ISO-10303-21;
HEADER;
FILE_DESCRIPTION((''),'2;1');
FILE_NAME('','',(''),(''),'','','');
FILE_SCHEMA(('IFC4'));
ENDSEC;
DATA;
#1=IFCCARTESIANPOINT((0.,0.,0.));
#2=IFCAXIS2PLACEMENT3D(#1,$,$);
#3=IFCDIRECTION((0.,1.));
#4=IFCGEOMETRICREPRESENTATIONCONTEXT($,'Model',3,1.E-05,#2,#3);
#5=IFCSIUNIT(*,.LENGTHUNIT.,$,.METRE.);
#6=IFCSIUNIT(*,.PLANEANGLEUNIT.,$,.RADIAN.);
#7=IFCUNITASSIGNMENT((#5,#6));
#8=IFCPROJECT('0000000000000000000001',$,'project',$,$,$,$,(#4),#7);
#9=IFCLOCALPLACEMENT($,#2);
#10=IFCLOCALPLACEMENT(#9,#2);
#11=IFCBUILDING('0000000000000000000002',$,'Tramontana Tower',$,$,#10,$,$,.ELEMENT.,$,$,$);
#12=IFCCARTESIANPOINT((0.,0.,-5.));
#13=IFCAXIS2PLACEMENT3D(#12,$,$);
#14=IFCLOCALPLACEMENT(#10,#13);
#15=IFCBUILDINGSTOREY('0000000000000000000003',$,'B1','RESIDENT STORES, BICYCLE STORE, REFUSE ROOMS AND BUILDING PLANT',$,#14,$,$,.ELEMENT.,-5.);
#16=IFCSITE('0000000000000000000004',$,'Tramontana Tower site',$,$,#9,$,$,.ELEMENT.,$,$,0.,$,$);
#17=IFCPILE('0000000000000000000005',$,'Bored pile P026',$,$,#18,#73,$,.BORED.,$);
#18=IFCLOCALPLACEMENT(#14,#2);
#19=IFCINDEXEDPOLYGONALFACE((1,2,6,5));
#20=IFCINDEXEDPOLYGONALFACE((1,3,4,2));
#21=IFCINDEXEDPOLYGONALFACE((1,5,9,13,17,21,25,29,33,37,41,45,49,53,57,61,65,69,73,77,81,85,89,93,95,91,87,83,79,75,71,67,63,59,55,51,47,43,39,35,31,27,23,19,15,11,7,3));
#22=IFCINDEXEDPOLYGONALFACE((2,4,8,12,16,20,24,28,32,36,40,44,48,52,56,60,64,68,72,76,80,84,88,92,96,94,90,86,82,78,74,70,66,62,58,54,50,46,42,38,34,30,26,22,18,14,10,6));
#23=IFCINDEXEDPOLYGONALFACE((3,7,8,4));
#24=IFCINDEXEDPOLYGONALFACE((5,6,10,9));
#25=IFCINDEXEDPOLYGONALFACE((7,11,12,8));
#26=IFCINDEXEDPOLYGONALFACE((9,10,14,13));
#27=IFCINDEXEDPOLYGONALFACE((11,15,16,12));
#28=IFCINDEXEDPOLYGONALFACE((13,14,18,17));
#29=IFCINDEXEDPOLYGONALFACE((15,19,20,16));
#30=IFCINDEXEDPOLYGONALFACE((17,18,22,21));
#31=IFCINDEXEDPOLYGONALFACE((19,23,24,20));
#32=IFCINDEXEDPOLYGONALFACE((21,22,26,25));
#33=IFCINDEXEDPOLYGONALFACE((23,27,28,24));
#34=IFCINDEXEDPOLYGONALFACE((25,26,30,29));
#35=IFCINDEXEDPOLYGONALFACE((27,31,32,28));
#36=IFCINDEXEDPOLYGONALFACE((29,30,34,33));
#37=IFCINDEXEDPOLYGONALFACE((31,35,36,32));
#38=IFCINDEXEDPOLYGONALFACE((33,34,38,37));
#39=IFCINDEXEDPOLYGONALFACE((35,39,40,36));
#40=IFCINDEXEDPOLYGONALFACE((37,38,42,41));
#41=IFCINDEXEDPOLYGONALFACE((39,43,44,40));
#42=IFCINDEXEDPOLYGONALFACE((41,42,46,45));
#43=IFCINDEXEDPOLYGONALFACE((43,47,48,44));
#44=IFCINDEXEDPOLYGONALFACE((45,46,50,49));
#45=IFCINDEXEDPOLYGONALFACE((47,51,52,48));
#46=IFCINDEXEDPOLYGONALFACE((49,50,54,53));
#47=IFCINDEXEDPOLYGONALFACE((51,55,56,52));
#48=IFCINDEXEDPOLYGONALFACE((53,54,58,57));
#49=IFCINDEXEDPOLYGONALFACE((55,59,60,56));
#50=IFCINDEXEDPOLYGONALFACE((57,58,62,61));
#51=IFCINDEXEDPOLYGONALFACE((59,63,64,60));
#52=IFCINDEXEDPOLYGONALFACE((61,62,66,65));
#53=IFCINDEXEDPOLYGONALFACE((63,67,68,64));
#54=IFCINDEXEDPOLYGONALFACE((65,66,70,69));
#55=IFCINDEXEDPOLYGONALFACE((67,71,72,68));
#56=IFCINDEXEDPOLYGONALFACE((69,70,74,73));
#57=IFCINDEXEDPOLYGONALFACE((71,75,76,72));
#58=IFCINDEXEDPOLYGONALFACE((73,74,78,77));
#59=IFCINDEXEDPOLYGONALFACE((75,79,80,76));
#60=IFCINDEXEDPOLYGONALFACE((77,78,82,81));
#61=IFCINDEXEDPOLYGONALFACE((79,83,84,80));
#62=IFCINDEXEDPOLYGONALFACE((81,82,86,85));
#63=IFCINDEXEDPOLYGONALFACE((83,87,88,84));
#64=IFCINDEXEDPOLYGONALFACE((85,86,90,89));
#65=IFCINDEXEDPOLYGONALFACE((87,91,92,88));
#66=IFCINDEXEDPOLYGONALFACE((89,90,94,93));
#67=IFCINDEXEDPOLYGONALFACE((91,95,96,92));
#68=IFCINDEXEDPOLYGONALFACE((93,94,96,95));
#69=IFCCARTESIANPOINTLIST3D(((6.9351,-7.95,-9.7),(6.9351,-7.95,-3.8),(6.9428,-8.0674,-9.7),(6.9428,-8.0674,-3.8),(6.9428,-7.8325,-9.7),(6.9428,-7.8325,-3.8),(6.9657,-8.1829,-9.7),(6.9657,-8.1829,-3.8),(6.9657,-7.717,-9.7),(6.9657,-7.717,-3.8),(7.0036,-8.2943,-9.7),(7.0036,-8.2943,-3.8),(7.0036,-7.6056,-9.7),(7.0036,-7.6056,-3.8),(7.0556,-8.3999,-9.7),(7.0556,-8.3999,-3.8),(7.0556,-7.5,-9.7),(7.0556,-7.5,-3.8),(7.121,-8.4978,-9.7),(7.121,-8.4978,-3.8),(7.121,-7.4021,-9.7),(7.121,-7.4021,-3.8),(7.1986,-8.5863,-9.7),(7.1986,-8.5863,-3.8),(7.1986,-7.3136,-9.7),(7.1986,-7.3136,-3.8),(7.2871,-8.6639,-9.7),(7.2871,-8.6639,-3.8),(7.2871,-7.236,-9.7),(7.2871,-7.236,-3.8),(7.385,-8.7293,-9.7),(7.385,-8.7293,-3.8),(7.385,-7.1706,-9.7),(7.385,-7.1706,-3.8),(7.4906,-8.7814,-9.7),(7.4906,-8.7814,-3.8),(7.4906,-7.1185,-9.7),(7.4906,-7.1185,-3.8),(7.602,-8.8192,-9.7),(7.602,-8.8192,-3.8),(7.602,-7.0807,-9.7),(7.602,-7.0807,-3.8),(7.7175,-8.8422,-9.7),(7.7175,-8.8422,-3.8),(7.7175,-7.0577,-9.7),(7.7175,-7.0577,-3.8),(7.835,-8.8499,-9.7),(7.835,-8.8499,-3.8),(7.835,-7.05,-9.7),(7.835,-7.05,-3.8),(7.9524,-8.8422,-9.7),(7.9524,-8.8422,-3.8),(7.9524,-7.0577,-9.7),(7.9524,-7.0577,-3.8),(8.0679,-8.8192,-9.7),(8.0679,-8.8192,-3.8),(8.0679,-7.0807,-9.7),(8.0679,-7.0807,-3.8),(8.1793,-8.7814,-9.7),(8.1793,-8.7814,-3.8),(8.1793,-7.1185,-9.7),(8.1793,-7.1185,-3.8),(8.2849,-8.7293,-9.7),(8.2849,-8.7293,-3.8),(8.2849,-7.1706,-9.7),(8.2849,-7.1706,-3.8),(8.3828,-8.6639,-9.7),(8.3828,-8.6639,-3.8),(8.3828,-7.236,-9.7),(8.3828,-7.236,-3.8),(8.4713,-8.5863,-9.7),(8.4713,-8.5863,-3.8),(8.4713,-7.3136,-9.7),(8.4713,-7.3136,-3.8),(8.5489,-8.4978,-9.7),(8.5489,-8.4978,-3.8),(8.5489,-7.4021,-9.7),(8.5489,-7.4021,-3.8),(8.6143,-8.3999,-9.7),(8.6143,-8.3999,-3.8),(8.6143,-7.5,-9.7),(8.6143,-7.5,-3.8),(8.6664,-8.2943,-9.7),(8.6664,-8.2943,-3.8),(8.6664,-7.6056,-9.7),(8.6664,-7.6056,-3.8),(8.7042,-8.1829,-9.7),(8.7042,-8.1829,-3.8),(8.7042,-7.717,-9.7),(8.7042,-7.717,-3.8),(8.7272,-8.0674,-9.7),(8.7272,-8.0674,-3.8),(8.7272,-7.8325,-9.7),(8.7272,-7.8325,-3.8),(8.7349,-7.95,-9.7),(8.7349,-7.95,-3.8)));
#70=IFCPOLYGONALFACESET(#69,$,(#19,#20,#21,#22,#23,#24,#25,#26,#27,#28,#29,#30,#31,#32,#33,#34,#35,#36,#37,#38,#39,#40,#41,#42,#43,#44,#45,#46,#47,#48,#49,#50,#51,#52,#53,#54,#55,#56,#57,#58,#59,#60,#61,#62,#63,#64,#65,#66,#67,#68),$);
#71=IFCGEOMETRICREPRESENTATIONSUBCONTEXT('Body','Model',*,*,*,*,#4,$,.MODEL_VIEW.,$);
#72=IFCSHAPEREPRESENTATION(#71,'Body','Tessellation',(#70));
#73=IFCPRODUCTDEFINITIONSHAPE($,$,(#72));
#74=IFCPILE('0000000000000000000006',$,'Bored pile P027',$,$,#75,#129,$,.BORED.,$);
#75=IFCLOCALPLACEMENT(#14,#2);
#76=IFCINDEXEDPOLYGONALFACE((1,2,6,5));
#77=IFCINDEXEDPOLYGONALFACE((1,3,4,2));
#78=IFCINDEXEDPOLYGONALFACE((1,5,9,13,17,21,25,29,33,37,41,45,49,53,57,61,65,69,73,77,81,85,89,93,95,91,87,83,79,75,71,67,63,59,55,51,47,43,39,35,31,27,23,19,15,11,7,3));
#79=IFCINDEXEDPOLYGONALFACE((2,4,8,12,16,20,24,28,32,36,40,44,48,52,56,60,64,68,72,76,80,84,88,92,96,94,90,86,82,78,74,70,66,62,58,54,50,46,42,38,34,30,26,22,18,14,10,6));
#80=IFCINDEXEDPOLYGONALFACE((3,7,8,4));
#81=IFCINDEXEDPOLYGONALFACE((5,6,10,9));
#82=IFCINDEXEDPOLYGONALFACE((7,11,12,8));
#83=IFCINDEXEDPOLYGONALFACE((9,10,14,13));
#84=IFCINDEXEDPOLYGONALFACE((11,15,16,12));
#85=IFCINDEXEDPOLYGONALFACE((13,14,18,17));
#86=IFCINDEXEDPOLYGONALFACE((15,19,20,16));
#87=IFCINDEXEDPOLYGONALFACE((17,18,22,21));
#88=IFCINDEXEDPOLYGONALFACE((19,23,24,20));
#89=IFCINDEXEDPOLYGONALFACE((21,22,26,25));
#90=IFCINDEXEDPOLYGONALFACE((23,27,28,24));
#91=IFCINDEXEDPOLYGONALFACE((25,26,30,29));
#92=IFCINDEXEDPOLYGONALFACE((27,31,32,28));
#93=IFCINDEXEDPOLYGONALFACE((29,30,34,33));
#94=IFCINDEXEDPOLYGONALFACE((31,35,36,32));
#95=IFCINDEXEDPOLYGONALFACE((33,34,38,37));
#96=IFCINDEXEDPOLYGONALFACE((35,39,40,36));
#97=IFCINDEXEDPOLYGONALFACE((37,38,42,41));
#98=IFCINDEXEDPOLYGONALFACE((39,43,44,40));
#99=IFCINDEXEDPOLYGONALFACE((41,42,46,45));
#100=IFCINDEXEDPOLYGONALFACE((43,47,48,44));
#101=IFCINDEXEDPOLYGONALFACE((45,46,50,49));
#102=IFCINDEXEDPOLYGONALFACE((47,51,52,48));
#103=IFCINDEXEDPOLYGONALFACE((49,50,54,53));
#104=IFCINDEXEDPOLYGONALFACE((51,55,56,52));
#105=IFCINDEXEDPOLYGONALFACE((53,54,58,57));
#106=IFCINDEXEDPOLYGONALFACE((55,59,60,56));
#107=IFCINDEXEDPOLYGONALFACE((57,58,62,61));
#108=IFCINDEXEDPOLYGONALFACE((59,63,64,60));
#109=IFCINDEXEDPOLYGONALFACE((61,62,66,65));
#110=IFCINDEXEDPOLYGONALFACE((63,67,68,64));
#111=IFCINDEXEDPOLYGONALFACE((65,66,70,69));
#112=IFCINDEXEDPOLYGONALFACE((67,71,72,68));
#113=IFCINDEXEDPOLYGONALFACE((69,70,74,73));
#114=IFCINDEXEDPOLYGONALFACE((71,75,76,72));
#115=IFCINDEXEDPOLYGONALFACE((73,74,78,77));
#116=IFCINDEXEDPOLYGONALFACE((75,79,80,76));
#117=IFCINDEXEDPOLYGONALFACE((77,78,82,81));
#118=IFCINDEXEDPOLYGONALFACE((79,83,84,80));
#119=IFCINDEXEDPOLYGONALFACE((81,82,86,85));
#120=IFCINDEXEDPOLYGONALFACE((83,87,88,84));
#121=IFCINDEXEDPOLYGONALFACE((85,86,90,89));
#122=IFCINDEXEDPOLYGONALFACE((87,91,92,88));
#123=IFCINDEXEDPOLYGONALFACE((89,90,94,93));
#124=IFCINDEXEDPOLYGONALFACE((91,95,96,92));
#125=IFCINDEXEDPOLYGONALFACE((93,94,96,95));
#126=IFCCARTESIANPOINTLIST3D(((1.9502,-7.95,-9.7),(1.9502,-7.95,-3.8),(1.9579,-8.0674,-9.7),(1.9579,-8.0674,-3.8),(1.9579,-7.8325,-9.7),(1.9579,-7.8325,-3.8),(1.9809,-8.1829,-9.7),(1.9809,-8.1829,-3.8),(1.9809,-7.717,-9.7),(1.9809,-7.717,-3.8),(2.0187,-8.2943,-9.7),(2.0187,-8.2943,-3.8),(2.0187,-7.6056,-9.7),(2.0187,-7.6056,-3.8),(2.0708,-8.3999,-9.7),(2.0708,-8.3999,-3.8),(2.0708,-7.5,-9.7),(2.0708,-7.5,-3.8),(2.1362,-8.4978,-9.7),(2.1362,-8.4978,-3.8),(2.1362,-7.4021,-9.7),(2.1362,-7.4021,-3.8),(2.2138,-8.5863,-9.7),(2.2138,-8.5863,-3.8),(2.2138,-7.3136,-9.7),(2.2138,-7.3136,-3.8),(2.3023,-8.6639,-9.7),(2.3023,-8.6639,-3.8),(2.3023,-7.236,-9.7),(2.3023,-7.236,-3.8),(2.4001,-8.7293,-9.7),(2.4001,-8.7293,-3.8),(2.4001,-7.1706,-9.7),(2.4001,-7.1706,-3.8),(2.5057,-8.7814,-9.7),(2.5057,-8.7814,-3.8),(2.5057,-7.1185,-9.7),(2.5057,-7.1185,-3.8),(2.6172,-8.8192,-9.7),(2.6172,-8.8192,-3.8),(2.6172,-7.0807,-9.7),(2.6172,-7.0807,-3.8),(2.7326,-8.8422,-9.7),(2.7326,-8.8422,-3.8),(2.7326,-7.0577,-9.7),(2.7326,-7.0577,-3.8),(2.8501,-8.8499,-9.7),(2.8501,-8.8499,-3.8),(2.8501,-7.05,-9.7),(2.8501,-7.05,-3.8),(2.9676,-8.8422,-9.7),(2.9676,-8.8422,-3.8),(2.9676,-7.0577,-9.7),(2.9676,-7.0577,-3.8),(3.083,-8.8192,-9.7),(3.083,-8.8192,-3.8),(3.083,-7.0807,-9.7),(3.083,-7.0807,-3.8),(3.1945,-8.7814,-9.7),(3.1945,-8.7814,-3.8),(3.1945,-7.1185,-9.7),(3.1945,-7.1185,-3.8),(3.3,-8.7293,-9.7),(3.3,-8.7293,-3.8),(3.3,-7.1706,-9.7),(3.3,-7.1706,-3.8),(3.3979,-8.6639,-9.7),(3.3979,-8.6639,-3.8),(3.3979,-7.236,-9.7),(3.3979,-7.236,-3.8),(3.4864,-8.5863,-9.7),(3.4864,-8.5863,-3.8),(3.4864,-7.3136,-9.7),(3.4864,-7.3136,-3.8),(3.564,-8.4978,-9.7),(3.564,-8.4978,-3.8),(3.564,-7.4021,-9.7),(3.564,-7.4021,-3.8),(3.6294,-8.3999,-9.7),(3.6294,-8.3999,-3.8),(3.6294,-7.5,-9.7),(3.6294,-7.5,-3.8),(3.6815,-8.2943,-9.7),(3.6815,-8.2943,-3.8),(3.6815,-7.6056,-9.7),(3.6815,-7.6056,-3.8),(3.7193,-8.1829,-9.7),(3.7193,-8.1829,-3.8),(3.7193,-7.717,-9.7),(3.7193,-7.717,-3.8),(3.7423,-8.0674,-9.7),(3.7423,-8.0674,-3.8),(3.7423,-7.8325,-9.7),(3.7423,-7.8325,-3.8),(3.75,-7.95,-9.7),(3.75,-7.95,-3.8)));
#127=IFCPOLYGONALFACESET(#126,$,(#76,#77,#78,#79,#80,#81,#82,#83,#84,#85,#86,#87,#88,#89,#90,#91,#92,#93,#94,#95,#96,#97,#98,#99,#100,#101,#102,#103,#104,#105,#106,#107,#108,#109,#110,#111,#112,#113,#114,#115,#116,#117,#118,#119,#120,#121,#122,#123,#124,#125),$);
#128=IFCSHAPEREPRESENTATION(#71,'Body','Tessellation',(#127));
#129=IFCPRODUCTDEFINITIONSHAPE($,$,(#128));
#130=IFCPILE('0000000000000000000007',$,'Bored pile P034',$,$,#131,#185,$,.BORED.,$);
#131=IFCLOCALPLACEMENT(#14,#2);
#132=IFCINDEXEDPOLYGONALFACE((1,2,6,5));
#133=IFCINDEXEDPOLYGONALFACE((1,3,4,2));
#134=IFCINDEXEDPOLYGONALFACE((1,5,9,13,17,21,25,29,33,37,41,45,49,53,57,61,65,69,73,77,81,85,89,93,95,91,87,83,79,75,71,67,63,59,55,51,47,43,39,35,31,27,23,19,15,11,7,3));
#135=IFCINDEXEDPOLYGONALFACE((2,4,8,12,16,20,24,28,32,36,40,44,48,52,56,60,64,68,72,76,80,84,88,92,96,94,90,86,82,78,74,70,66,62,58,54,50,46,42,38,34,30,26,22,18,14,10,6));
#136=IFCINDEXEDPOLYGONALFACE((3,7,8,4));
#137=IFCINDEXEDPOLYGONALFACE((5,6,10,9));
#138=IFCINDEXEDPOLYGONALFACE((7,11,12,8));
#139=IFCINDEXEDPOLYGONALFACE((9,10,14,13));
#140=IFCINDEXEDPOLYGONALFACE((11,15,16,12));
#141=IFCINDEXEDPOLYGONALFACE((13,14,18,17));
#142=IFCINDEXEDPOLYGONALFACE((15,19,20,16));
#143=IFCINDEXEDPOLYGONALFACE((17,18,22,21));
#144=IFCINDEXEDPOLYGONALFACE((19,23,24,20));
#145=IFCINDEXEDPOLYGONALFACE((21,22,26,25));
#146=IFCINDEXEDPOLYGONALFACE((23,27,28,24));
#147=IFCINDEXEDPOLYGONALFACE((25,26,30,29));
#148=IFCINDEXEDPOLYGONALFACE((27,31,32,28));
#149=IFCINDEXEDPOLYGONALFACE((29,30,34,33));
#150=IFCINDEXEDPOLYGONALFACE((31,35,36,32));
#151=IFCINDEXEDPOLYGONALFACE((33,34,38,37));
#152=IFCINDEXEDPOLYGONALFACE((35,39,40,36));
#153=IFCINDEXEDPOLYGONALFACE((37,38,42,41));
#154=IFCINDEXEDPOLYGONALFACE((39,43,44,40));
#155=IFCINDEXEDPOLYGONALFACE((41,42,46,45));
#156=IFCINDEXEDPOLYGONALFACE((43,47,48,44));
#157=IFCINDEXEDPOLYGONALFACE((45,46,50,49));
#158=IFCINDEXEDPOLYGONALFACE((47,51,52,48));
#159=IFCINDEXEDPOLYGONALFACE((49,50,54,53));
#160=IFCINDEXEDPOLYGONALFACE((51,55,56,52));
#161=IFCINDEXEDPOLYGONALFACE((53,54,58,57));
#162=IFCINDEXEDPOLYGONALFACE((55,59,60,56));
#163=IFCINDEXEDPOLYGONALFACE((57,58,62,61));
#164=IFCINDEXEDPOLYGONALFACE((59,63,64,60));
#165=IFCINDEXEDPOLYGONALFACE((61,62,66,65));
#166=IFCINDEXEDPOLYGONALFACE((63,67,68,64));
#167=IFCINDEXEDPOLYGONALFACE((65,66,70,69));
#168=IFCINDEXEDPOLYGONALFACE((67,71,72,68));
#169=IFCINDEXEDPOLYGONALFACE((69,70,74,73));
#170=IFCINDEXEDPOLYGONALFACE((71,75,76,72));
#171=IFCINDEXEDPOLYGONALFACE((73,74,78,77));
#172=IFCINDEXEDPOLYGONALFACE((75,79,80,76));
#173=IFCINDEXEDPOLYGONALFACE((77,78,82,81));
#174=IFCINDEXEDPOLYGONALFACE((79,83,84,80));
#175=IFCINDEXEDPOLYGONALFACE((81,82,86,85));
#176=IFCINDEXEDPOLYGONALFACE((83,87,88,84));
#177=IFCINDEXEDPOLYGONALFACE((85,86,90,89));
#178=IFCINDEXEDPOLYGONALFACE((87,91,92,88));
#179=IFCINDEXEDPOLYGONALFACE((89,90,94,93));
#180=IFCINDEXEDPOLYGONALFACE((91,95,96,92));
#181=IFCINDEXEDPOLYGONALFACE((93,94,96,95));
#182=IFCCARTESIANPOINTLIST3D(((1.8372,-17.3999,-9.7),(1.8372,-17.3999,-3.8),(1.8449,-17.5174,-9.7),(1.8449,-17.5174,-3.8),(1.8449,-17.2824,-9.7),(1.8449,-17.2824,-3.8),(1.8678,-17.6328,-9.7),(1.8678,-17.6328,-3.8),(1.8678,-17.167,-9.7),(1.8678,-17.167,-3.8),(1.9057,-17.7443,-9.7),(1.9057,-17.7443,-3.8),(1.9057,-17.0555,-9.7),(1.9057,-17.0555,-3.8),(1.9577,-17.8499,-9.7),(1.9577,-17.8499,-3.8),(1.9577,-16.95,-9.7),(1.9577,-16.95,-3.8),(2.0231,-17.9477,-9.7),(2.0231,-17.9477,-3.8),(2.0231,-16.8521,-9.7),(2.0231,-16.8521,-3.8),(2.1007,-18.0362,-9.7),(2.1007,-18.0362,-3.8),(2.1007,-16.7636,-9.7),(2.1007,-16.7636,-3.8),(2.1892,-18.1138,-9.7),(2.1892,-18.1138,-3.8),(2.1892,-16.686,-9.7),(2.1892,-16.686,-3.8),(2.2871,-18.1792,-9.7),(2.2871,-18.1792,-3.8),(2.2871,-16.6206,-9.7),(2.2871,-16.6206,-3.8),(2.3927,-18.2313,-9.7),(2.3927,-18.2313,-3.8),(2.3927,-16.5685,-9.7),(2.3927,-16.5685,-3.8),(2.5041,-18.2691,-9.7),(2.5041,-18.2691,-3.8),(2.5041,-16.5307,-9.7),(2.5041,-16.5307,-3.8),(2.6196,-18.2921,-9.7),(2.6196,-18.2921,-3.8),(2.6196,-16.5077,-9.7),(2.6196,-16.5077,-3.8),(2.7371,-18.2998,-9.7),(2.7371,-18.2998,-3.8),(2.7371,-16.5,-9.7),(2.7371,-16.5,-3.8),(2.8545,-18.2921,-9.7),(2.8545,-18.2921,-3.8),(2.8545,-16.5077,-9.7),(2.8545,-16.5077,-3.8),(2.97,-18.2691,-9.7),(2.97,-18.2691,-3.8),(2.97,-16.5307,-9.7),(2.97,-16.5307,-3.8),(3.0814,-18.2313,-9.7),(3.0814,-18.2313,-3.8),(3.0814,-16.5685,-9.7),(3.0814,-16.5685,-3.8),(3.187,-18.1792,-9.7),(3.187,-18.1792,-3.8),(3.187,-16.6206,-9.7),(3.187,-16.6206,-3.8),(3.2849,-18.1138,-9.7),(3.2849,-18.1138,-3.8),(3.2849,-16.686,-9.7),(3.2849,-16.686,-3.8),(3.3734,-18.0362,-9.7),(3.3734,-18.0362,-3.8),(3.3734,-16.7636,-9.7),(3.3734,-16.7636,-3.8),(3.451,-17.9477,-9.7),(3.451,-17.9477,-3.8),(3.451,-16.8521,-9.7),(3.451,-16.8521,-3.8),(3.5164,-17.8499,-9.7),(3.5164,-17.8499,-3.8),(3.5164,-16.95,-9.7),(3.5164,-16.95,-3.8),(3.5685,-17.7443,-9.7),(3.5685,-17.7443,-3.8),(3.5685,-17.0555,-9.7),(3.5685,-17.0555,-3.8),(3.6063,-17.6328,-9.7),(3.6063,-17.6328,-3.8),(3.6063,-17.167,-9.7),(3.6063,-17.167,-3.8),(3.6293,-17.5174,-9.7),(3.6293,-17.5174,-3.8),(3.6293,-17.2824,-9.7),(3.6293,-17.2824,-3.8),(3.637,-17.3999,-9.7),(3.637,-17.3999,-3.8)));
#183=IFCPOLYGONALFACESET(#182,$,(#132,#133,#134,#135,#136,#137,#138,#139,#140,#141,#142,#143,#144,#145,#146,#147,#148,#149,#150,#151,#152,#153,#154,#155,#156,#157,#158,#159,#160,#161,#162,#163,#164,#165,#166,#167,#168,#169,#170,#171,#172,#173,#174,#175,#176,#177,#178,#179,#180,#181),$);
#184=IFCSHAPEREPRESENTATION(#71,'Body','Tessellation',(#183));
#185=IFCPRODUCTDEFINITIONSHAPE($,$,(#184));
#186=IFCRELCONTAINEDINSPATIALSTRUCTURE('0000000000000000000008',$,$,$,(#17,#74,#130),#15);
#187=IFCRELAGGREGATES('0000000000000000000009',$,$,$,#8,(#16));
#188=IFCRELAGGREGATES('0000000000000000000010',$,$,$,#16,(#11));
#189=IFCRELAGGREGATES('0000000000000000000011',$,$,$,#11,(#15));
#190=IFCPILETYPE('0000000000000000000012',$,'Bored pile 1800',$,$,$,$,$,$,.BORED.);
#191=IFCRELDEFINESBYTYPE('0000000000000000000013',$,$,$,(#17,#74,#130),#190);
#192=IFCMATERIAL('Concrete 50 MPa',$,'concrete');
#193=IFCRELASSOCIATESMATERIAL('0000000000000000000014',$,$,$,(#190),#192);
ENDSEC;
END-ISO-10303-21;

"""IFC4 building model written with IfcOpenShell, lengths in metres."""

from ifc_helpers import new_model, si_unit, direction, frame, origin, origin_2d, place, context, subcontext, project, spatial, circle, extrude, material, material_profile, profile_set, type_object, element, save


model = new_model("IFC4")

# Units and contexts
model_context = context("Model", 3, precision=1e-05, world=origin(), true_north=direction((0.0, 1.0)))
body_context = subcontext(model_context, "Body", "Model", "MODEL_VIEW")
ifc_project = project(units=[si_unit("LENGTHUNIT", "METRE"), si_unit("PLANEANGLEUNIT", "RADIAN")], contexts=[model_context])

# Site, building, storey
site_placement = place(None, origin())
site = spatial("IfcSite", under=ifc_project, at=site_placement, Name="Tramontana Tower site", CompositionType="ELEMENT", RefElevation=0.0)
building_placement = place(site_placement, origin())
building = spatial("IfcBuilding", under=site, at=building_placement, Name="Tramontana Tower", CompositionType="ELEMENT")
storey_placement = place(building_placement, frame((0.0, 0.0, -5.0)))
storey = spatial("IfcBuildingStorey", under=building, at=storey_placement, Name="B1", Description="RESIDENT STORES, BICYCLE STORE, REFUSE ROOMS AND BUILDING PLANT", CompositionType="ELEMENT", Elevation=-5.0)

# Piles
ifc_material_1 = material(Name="Concrete 50 MPa", Category="concrete")
ifc_material_profile_1 = material_profile(ifc_material_1, circle(Radius=0.8999, at=origin_2d()), Name="Bored pile 1800")
ifc_profile_set_1 = profile_set([ifc_material_profile_1], Name="Concrete 50 MPa")
pile_type = type_object("IfcPileType", Name="Bored pile 1800", PredefinedType="BORED", material=ifc_profile_set_1)
for number, where, z_axis, x_axis, name in (
    (1, (7.835, -7.95, -3.8), (0.0, 0.0, -1.0), (1.0, 0.0, 0.0), "Bored pile P026"),
    (2, (2.8501, -7.95, -3.8), (0.0, 0.0, -1.0), (1.0, 0.0, 0.0), "Bored pile P027"),
    (3, (2.7371, -17.3999, -3.8), (0.0, 0.0, -1.0), (1.0, 0.0, 0.0), "Bored pile P034"),
):
    element("IfcPile", number, at=place(storey_placement, frame(where, z_axis=z_axis, x_axis=x_axis)), inside=storey, type_object=pile_type, Name=name, PredefinedType="BORED", context=body_context, shape_type="SweptSolid", body=[
        extrude(circle(Radius=0.8999, at=origin_2d()), origin(), (0.0, 0.0, 1.0), 5.8999),
    ])

save(model, "model.ifc")
